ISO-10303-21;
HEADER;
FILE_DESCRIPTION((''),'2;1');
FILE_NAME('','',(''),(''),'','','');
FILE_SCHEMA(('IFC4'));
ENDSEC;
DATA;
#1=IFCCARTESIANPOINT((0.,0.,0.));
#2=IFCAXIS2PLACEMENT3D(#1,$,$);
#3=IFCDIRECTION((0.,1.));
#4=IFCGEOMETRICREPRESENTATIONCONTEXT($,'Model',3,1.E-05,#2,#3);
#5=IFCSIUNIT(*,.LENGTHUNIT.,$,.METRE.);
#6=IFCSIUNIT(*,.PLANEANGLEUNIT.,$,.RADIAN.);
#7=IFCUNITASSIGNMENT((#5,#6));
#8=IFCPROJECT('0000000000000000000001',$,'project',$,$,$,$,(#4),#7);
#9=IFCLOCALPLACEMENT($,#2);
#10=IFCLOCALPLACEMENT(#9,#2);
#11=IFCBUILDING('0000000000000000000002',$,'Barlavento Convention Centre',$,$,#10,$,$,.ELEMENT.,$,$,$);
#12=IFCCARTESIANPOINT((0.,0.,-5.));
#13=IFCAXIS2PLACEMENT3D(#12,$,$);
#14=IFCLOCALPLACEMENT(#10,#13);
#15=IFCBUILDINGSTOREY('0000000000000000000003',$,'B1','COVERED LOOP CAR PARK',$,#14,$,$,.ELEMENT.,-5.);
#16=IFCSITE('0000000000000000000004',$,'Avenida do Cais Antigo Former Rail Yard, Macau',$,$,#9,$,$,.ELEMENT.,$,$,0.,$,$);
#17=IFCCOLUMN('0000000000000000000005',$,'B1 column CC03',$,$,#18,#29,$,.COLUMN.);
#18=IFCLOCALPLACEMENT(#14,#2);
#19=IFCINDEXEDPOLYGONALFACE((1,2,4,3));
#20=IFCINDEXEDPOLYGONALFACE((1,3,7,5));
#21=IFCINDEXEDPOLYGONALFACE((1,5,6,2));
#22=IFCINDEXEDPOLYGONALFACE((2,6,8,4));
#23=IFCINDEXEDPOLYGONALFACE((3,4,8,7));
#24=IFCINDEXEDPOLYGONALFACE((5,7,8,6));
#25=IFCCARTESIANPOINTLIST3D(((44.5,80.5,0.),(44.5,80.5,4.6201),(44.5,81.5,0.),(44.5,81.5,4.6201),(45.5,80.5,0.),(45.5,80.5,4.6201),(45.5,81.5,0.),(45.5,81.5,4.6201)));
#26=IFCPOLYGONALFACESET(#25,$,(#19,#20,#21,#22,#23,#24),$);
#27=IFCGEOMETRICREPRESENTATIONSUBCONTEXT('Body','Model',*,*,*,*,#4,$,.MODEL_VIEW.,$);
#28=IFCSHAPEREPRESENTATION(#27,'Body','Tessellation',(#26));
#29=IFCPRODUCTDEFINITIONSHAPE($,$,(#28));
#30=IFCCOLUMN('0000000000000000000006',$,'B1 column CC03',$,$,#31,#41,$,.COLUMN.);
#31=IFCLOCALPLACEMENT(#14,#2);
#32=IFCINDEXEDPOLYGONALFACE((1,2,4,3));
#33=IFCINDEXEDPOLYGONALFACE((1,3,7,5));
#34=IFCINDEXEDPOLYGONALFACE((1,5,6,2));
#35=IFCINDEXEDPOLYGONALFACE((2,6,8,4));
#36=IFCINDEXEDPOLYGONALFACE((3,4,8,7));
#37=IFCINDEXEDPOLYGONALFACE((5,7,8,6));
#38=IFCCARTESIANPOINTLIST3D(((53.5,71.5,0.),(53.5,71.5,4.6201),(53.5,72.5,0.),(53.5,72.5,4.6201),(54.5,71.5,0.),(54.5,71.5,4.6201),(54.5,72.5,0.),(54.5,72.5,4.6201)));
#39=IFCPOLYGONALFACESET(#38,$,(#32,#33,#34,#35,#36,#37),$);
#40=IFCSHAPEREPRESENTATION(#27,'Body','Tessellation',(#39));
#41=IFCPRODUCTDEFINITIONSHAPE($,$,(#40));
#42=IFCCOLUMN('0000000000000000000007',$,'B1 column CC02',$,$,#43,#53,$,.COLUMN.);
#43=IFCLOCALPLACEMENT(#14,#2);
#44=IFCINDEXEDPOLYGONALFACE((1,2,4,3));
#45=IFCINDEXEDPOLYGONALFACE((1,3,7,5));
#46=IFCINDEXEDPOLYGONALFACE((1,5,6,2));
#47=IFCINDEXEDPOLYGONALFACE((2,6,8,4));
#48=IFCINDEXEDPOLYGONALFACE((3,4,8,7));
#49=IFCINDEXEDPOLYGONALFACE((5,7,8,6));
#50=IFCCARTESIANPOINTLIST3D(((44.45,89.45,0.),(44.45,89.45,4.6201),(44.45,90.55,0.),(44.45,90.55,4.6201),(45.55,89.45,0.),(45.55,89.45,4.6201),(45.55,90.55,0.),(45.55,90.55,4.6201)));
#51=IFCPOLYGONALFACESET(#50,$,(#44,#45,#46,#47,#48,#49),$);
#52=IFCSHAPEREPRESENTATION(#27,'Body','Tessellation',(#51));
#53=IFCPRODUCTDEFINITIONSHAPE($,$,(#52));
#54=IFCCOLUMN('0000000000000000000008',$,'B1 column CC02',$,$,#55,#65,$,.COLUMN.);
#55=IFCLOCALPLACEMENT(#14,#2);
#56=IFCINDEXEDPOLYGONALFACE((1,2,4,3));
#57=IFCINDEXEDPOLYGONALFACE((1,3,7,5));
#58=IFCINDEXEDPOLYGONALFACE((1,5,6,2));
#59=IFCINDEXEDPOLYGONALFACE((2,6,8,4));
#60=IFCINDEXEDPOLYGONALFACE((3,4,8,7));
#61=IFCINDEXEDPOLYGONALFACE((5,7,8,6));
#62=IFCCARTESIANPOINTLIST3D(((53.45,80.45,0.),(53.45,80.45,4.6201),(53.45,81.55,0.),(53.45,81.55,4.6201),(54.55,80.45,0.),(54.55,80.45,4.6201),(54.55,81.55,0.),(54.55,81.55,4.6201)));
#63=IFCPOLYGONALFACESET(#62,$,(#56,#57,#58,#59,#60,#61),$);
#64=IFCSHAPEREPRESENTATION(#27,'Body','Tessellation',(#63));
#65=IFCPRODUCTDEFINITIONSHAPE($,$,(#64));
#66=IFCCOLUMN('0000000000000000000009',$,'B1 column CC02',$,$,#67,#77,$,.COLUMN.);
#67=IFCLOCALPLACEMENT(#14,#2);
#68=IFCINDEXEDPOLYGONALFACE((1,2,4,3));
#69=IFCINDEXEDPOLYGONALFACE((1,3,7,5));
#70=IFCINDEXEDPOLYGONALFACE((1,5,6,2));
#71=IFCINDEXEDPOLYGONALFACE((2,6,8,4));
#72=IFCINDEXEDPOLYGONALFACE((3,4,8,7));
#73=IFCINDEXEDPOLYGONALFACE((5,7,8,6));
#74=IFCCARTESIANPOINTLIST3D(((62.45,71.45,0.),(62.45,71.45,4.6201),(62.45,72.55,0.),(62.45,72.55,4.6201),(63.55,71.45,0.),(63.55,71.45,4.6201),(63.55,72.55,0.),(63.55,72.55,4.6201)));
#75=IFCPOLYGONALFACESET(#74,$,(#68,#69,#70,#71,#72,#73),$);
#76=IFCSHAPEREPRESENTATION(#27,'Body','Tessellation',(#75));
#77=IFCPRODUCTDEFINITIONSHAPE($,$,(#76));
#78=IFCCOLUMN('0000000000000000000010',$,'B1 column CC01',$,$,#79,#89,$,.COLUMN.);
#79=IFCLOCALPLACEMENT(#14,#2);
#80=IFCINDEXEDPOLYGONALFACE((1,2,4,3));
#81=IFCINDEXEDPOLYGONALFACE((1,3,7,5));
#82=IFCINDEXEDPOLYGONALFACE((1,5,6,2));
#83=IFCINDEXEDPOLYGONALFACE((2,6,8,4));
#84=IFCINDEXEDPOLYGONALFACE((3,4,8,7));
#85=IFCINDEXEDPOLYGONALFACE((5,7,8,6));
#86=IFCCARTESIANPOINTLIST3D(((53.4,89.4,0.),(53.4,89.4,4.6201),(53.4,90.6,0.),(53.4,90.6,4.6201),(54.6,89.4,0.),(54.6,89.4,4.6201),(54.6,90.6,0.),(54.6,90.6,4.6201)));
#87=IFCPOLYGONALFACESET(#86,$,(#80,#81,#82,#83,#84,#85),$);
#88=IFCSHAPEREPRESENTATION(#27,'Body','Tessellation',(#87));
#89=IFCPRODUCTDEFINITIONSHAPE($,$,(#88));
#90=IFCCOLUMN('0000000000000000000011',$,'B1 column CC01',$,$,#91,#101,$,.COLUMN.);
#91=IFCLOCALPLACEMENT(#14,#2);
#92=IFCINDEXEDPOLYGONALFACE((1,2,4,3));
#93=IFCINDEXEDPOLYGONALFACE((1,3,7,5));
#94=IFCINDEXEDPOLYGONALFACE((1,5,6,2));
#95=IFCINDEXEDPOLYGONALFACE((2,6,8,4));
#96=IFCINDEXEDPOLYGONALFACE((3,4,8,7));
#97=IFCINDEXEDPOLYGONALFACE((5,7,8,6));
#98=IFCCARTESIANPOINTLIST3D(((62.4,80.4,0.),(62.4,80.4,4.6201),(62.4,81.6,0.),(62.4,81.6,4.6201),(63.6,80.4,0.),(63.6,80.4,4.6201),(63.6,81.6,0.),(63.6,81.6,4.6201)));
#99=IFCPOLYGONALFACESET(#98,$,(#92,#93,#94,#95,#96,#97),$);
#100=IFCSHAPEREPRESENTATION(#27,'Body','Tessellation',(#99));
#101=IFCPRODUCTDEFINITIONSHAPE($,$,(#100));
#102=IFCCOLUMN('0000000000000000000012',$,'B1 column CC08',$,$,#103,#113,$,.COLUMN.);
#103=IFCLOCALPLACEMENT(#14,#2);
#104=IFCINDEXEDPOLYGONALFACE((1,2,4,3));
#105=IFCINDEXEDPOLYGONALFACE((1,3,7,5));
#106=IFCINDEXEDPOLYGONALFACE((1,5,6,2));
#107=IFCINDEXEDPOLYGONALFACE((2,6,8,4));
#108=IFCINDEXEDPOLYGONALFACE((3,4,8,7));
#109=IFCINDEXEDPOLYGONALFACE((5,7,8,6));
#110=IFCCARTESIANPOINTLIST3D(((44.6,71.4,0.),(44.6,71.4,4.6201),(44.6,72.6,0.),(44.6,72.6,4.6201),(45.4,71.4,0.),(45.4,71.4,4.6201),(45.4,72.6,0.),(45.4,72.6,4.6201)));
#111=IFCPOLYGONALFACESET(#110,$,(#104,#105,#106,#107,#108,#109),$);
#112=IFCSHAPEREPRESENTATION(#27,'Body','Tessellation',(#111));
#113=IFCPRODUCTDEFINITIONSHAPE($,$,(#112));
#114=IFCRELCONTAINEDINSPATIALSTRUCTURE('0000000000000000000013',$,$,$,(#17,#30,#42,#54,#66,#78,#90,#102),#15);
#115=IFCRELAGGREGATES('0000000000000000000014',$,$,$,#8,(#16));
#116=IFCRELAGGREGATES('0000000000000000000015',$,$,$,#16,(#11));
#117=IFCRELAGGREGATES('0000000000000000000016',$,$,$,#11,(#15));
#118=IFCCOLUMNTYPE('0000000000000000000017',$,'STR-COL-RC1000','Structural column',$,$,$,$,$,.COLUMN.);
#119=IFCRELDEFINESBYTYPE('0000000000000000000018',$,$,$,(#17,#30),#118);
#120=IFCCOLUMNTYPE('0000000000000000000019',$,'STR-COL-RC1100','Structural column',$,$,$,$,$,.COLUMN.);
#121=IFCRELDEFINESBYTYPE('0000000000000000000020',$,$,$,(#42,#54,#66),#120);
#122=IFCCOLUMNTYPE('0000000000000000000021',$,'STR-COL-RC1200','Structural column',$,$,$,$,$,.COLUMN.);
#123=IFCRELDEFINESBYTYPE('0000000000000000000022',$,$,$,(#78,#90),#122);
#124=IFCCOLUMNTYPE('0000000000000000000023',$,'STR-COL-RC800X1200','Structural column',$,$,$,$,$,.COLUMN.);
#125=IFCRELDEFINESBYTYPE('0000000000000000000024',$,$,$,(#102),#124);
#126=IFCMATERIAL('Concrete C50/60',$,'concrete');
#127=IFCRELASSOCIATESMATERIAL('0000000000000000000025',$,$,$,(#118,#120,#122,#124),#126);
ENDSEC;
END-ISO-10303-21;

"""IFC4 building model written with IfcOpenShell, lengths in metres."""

from ifc_helpers import new_model, si_unit, direction, frame, origin, origin_2d, place, context, subcontext, project, spatial, rectangle, extrude, material, material_profile, profile_set, type_object, element, save


model = new_model("IFC4")

# Units and contexts
model_context = context("Model", 3, precision=1e-05, world=origin(), true_north=direction((0.0, 1.0)))
body_context = subcontext(model_context, "Body", "Model", "MODEL_VIEW")
ifc_project = project(units=[si_unit("LENGTHUNIT", "METRE"), si_unit("PLANEANGLEUNIT", "RADIAN")], contexts=[model_context])

# Site, building, storey
site_placement = place(None, origin())
site = spatial("IfcSite", under=ifc_project, at=site_placement, Name="Avenida do Cais Antigo Former Rail Yard, Macau", CompositionType="ELEMENT", RefElevation=0.0)
building_placement = place(site_placement, origin())
building = spatial("IfcBuilding", under=site, at=building_placement, Name="Barlavento Convention Centre", CompositionType="ELEMENT")
storey_placement = place(building_placement, frame((0.0, 0.0, -5.0)))
storey = spatial("IfcBuildingStorey", under=building, at=storey_placement, Name="B1", Description="COVERED LOOP CAR PARK", CompositionType="ELEMENT", Elevation=-5.0)

# Columns
ifc_material_1 = material(Name="Concrete C50/60", Category="concrete")
ifc_material_profile_1 = material_profile(ifc_material_1, rectangle(XDim=1.0, YDim=1.0, at=origin_2d()), Name="RC 1000x1000")
ifc_profile_set_1 = profile_set([ifc_material_profile_1], Name="Concrete C50/60")
column_type_1 = type_object("IfcColumnType", Name="STR-COL-RC1000", Description="Structural column", PredefinedType="COLUMN", material=ifc_profile_set_1)
for number, where, z_axis, x_axis, name in (
    (1, (45.0, 81.0, 0.0), (0.0, 0.0, 1.0), (1.0, 0.0, 0.0), "B1 column CC03"),
    (2, (54.0, 72.0, 0.0), (0.0, 0.0, 1.0), (1.0, 0.0, 0.0), "B1 column CC03"),
):
    element("IfcColumn", number, at=place(storey_placement, frame(where, z_axis=z_axis, x_axis=x_axis)), inside=storey, type_object=column_type_1, Name=name, PredefinedType="COLUMN", context=body_context, shape_type="SweptSolid", body=[
        extrude(rectangle(XDim=1.0, YDim=1.0, at=origin_2d()), origin(), (0.0, 0.0, 1.0), 4.6201),
    ])
ifc_material_profile_2 = material_profile(ifc_material_1, rectangle(XDim=1.1001, YDim=1.1001, at=origin_2d()), Name="RC 1100x1100")
ifc_profile_set_2 = profile_set([ifc_material_profile_2], Name="Concrete C50/60")
column_type_2 = type_object("IfcColumnType", Name="STR-COL-RC1100", Description="Structural column", PredefinedType="COLUMN", material=ifc_profile_set_2)
for number, where, z_axis, x_axis, name in (
    (3, (45.0, 90.0, 0.0), (0.0, 0.0, 1.0), (1.0, 0.0, 0.0), "B1 column CC02"),
    (4, (54.0, 81.0, 0.0), (0.0, 0.0, 1.0), (1.0, 0.0, 0.0), "B1 column CC02"),
    (5, (63.0, 72.0, 0.0), (0.0, 0.0, 1.0), (1.0, 0.0, 0.0), "B1 column CC02"),
):
    element("IfcColumn", number, at=place(storey_placement, frame(where, z_axis=z_axis, x_axis=x_axis)), inside=storey, type_object=column_type_2, Name=name, PredefinedType="COLUMN", context=body_context, shape_type="SweptSolid", body=[
        extrude(rectangle(XDim=1.1001, YDim=1.1001, at=origin_2d()), origin(), (0.0, 0.0, 1.0), 4.6201),
    ])
ifc_material_profile_3 = material_profile(ifc_material_1, rectangle(XDim=1.2, YDim=1.2, at=origin_2d()), Name="RC 1200x1200")
ifc_profile_set_3 = profile_set([ifc_material_profile_3], Name="Concrete C50/60")
column_type_3 = type_object("IfcColumnType", Name="STR-COL-RC1200", Description="Structural column", PredefinedType="COLUMN", material=ifc_profile_set_3)
for number, where, z_axis, x_axis, name in (
    (6, (54.0, 90.0, 0.0), (0.0, 0.0, 1.0), (1.0, 0.0, 0.0), "B1 column CC01"),
    (7, (63.0, 81.0, 0.0), (0.0, 0.0, 1.0), (1.0, 0.0, 0.0), "B1 column CC01"),
):
    element("IfcColumn", number, at=place(storey_placement, frame(where, z_axis=z_axis, x_axis=x_axis)), inside=storey, type_object=column_type_3, Name=name, PredefinedType="COLUMN", context=body_context, shape_type="SweptSolid", body=[
        extrude(rectangle(XDim=1.2, YDim=1.2, at=origin_2d()), origin(), (0.0, 0.0, 1.0), 4.6201),
    ])
ifc_material_profile_4 = material_profile(ifc_material_1, rectangle(XDim=0.8, YDim=1.2, at=origin_2d()), Name="RC 800x1200")
ifc_profile_set_4 = profile_set([ifc_material_profile_4], Name="Concrete C50/60")
column_type_4 = type_object("IfcColumnType", Name="STR-COL-RC800X1200", Description="Structural column", PredefinedType="COLUMN", material=ifc_profile_set_4)
column_placement = place(storey_placement, frame((45.0, 72.0, 0.0), z_axis=(0.0, 0.0, 1.0), x_axis=(1.0, 0.0, 0.0)))
element("IfcColumn", 8, at=column_placement, inside=storey, type_object=column_type_4, Name="B1 column CC08", PredefinedType="COLUMN", context=body_context, shape_type="SweptSolid", body=[
    extrude(rectangle(XDim=0.8, YDim=1.2, at=origin_2d()), origin(), (0.0, 0.0, 1.0), 4.6201),
])

save(model, "model.ifc")
